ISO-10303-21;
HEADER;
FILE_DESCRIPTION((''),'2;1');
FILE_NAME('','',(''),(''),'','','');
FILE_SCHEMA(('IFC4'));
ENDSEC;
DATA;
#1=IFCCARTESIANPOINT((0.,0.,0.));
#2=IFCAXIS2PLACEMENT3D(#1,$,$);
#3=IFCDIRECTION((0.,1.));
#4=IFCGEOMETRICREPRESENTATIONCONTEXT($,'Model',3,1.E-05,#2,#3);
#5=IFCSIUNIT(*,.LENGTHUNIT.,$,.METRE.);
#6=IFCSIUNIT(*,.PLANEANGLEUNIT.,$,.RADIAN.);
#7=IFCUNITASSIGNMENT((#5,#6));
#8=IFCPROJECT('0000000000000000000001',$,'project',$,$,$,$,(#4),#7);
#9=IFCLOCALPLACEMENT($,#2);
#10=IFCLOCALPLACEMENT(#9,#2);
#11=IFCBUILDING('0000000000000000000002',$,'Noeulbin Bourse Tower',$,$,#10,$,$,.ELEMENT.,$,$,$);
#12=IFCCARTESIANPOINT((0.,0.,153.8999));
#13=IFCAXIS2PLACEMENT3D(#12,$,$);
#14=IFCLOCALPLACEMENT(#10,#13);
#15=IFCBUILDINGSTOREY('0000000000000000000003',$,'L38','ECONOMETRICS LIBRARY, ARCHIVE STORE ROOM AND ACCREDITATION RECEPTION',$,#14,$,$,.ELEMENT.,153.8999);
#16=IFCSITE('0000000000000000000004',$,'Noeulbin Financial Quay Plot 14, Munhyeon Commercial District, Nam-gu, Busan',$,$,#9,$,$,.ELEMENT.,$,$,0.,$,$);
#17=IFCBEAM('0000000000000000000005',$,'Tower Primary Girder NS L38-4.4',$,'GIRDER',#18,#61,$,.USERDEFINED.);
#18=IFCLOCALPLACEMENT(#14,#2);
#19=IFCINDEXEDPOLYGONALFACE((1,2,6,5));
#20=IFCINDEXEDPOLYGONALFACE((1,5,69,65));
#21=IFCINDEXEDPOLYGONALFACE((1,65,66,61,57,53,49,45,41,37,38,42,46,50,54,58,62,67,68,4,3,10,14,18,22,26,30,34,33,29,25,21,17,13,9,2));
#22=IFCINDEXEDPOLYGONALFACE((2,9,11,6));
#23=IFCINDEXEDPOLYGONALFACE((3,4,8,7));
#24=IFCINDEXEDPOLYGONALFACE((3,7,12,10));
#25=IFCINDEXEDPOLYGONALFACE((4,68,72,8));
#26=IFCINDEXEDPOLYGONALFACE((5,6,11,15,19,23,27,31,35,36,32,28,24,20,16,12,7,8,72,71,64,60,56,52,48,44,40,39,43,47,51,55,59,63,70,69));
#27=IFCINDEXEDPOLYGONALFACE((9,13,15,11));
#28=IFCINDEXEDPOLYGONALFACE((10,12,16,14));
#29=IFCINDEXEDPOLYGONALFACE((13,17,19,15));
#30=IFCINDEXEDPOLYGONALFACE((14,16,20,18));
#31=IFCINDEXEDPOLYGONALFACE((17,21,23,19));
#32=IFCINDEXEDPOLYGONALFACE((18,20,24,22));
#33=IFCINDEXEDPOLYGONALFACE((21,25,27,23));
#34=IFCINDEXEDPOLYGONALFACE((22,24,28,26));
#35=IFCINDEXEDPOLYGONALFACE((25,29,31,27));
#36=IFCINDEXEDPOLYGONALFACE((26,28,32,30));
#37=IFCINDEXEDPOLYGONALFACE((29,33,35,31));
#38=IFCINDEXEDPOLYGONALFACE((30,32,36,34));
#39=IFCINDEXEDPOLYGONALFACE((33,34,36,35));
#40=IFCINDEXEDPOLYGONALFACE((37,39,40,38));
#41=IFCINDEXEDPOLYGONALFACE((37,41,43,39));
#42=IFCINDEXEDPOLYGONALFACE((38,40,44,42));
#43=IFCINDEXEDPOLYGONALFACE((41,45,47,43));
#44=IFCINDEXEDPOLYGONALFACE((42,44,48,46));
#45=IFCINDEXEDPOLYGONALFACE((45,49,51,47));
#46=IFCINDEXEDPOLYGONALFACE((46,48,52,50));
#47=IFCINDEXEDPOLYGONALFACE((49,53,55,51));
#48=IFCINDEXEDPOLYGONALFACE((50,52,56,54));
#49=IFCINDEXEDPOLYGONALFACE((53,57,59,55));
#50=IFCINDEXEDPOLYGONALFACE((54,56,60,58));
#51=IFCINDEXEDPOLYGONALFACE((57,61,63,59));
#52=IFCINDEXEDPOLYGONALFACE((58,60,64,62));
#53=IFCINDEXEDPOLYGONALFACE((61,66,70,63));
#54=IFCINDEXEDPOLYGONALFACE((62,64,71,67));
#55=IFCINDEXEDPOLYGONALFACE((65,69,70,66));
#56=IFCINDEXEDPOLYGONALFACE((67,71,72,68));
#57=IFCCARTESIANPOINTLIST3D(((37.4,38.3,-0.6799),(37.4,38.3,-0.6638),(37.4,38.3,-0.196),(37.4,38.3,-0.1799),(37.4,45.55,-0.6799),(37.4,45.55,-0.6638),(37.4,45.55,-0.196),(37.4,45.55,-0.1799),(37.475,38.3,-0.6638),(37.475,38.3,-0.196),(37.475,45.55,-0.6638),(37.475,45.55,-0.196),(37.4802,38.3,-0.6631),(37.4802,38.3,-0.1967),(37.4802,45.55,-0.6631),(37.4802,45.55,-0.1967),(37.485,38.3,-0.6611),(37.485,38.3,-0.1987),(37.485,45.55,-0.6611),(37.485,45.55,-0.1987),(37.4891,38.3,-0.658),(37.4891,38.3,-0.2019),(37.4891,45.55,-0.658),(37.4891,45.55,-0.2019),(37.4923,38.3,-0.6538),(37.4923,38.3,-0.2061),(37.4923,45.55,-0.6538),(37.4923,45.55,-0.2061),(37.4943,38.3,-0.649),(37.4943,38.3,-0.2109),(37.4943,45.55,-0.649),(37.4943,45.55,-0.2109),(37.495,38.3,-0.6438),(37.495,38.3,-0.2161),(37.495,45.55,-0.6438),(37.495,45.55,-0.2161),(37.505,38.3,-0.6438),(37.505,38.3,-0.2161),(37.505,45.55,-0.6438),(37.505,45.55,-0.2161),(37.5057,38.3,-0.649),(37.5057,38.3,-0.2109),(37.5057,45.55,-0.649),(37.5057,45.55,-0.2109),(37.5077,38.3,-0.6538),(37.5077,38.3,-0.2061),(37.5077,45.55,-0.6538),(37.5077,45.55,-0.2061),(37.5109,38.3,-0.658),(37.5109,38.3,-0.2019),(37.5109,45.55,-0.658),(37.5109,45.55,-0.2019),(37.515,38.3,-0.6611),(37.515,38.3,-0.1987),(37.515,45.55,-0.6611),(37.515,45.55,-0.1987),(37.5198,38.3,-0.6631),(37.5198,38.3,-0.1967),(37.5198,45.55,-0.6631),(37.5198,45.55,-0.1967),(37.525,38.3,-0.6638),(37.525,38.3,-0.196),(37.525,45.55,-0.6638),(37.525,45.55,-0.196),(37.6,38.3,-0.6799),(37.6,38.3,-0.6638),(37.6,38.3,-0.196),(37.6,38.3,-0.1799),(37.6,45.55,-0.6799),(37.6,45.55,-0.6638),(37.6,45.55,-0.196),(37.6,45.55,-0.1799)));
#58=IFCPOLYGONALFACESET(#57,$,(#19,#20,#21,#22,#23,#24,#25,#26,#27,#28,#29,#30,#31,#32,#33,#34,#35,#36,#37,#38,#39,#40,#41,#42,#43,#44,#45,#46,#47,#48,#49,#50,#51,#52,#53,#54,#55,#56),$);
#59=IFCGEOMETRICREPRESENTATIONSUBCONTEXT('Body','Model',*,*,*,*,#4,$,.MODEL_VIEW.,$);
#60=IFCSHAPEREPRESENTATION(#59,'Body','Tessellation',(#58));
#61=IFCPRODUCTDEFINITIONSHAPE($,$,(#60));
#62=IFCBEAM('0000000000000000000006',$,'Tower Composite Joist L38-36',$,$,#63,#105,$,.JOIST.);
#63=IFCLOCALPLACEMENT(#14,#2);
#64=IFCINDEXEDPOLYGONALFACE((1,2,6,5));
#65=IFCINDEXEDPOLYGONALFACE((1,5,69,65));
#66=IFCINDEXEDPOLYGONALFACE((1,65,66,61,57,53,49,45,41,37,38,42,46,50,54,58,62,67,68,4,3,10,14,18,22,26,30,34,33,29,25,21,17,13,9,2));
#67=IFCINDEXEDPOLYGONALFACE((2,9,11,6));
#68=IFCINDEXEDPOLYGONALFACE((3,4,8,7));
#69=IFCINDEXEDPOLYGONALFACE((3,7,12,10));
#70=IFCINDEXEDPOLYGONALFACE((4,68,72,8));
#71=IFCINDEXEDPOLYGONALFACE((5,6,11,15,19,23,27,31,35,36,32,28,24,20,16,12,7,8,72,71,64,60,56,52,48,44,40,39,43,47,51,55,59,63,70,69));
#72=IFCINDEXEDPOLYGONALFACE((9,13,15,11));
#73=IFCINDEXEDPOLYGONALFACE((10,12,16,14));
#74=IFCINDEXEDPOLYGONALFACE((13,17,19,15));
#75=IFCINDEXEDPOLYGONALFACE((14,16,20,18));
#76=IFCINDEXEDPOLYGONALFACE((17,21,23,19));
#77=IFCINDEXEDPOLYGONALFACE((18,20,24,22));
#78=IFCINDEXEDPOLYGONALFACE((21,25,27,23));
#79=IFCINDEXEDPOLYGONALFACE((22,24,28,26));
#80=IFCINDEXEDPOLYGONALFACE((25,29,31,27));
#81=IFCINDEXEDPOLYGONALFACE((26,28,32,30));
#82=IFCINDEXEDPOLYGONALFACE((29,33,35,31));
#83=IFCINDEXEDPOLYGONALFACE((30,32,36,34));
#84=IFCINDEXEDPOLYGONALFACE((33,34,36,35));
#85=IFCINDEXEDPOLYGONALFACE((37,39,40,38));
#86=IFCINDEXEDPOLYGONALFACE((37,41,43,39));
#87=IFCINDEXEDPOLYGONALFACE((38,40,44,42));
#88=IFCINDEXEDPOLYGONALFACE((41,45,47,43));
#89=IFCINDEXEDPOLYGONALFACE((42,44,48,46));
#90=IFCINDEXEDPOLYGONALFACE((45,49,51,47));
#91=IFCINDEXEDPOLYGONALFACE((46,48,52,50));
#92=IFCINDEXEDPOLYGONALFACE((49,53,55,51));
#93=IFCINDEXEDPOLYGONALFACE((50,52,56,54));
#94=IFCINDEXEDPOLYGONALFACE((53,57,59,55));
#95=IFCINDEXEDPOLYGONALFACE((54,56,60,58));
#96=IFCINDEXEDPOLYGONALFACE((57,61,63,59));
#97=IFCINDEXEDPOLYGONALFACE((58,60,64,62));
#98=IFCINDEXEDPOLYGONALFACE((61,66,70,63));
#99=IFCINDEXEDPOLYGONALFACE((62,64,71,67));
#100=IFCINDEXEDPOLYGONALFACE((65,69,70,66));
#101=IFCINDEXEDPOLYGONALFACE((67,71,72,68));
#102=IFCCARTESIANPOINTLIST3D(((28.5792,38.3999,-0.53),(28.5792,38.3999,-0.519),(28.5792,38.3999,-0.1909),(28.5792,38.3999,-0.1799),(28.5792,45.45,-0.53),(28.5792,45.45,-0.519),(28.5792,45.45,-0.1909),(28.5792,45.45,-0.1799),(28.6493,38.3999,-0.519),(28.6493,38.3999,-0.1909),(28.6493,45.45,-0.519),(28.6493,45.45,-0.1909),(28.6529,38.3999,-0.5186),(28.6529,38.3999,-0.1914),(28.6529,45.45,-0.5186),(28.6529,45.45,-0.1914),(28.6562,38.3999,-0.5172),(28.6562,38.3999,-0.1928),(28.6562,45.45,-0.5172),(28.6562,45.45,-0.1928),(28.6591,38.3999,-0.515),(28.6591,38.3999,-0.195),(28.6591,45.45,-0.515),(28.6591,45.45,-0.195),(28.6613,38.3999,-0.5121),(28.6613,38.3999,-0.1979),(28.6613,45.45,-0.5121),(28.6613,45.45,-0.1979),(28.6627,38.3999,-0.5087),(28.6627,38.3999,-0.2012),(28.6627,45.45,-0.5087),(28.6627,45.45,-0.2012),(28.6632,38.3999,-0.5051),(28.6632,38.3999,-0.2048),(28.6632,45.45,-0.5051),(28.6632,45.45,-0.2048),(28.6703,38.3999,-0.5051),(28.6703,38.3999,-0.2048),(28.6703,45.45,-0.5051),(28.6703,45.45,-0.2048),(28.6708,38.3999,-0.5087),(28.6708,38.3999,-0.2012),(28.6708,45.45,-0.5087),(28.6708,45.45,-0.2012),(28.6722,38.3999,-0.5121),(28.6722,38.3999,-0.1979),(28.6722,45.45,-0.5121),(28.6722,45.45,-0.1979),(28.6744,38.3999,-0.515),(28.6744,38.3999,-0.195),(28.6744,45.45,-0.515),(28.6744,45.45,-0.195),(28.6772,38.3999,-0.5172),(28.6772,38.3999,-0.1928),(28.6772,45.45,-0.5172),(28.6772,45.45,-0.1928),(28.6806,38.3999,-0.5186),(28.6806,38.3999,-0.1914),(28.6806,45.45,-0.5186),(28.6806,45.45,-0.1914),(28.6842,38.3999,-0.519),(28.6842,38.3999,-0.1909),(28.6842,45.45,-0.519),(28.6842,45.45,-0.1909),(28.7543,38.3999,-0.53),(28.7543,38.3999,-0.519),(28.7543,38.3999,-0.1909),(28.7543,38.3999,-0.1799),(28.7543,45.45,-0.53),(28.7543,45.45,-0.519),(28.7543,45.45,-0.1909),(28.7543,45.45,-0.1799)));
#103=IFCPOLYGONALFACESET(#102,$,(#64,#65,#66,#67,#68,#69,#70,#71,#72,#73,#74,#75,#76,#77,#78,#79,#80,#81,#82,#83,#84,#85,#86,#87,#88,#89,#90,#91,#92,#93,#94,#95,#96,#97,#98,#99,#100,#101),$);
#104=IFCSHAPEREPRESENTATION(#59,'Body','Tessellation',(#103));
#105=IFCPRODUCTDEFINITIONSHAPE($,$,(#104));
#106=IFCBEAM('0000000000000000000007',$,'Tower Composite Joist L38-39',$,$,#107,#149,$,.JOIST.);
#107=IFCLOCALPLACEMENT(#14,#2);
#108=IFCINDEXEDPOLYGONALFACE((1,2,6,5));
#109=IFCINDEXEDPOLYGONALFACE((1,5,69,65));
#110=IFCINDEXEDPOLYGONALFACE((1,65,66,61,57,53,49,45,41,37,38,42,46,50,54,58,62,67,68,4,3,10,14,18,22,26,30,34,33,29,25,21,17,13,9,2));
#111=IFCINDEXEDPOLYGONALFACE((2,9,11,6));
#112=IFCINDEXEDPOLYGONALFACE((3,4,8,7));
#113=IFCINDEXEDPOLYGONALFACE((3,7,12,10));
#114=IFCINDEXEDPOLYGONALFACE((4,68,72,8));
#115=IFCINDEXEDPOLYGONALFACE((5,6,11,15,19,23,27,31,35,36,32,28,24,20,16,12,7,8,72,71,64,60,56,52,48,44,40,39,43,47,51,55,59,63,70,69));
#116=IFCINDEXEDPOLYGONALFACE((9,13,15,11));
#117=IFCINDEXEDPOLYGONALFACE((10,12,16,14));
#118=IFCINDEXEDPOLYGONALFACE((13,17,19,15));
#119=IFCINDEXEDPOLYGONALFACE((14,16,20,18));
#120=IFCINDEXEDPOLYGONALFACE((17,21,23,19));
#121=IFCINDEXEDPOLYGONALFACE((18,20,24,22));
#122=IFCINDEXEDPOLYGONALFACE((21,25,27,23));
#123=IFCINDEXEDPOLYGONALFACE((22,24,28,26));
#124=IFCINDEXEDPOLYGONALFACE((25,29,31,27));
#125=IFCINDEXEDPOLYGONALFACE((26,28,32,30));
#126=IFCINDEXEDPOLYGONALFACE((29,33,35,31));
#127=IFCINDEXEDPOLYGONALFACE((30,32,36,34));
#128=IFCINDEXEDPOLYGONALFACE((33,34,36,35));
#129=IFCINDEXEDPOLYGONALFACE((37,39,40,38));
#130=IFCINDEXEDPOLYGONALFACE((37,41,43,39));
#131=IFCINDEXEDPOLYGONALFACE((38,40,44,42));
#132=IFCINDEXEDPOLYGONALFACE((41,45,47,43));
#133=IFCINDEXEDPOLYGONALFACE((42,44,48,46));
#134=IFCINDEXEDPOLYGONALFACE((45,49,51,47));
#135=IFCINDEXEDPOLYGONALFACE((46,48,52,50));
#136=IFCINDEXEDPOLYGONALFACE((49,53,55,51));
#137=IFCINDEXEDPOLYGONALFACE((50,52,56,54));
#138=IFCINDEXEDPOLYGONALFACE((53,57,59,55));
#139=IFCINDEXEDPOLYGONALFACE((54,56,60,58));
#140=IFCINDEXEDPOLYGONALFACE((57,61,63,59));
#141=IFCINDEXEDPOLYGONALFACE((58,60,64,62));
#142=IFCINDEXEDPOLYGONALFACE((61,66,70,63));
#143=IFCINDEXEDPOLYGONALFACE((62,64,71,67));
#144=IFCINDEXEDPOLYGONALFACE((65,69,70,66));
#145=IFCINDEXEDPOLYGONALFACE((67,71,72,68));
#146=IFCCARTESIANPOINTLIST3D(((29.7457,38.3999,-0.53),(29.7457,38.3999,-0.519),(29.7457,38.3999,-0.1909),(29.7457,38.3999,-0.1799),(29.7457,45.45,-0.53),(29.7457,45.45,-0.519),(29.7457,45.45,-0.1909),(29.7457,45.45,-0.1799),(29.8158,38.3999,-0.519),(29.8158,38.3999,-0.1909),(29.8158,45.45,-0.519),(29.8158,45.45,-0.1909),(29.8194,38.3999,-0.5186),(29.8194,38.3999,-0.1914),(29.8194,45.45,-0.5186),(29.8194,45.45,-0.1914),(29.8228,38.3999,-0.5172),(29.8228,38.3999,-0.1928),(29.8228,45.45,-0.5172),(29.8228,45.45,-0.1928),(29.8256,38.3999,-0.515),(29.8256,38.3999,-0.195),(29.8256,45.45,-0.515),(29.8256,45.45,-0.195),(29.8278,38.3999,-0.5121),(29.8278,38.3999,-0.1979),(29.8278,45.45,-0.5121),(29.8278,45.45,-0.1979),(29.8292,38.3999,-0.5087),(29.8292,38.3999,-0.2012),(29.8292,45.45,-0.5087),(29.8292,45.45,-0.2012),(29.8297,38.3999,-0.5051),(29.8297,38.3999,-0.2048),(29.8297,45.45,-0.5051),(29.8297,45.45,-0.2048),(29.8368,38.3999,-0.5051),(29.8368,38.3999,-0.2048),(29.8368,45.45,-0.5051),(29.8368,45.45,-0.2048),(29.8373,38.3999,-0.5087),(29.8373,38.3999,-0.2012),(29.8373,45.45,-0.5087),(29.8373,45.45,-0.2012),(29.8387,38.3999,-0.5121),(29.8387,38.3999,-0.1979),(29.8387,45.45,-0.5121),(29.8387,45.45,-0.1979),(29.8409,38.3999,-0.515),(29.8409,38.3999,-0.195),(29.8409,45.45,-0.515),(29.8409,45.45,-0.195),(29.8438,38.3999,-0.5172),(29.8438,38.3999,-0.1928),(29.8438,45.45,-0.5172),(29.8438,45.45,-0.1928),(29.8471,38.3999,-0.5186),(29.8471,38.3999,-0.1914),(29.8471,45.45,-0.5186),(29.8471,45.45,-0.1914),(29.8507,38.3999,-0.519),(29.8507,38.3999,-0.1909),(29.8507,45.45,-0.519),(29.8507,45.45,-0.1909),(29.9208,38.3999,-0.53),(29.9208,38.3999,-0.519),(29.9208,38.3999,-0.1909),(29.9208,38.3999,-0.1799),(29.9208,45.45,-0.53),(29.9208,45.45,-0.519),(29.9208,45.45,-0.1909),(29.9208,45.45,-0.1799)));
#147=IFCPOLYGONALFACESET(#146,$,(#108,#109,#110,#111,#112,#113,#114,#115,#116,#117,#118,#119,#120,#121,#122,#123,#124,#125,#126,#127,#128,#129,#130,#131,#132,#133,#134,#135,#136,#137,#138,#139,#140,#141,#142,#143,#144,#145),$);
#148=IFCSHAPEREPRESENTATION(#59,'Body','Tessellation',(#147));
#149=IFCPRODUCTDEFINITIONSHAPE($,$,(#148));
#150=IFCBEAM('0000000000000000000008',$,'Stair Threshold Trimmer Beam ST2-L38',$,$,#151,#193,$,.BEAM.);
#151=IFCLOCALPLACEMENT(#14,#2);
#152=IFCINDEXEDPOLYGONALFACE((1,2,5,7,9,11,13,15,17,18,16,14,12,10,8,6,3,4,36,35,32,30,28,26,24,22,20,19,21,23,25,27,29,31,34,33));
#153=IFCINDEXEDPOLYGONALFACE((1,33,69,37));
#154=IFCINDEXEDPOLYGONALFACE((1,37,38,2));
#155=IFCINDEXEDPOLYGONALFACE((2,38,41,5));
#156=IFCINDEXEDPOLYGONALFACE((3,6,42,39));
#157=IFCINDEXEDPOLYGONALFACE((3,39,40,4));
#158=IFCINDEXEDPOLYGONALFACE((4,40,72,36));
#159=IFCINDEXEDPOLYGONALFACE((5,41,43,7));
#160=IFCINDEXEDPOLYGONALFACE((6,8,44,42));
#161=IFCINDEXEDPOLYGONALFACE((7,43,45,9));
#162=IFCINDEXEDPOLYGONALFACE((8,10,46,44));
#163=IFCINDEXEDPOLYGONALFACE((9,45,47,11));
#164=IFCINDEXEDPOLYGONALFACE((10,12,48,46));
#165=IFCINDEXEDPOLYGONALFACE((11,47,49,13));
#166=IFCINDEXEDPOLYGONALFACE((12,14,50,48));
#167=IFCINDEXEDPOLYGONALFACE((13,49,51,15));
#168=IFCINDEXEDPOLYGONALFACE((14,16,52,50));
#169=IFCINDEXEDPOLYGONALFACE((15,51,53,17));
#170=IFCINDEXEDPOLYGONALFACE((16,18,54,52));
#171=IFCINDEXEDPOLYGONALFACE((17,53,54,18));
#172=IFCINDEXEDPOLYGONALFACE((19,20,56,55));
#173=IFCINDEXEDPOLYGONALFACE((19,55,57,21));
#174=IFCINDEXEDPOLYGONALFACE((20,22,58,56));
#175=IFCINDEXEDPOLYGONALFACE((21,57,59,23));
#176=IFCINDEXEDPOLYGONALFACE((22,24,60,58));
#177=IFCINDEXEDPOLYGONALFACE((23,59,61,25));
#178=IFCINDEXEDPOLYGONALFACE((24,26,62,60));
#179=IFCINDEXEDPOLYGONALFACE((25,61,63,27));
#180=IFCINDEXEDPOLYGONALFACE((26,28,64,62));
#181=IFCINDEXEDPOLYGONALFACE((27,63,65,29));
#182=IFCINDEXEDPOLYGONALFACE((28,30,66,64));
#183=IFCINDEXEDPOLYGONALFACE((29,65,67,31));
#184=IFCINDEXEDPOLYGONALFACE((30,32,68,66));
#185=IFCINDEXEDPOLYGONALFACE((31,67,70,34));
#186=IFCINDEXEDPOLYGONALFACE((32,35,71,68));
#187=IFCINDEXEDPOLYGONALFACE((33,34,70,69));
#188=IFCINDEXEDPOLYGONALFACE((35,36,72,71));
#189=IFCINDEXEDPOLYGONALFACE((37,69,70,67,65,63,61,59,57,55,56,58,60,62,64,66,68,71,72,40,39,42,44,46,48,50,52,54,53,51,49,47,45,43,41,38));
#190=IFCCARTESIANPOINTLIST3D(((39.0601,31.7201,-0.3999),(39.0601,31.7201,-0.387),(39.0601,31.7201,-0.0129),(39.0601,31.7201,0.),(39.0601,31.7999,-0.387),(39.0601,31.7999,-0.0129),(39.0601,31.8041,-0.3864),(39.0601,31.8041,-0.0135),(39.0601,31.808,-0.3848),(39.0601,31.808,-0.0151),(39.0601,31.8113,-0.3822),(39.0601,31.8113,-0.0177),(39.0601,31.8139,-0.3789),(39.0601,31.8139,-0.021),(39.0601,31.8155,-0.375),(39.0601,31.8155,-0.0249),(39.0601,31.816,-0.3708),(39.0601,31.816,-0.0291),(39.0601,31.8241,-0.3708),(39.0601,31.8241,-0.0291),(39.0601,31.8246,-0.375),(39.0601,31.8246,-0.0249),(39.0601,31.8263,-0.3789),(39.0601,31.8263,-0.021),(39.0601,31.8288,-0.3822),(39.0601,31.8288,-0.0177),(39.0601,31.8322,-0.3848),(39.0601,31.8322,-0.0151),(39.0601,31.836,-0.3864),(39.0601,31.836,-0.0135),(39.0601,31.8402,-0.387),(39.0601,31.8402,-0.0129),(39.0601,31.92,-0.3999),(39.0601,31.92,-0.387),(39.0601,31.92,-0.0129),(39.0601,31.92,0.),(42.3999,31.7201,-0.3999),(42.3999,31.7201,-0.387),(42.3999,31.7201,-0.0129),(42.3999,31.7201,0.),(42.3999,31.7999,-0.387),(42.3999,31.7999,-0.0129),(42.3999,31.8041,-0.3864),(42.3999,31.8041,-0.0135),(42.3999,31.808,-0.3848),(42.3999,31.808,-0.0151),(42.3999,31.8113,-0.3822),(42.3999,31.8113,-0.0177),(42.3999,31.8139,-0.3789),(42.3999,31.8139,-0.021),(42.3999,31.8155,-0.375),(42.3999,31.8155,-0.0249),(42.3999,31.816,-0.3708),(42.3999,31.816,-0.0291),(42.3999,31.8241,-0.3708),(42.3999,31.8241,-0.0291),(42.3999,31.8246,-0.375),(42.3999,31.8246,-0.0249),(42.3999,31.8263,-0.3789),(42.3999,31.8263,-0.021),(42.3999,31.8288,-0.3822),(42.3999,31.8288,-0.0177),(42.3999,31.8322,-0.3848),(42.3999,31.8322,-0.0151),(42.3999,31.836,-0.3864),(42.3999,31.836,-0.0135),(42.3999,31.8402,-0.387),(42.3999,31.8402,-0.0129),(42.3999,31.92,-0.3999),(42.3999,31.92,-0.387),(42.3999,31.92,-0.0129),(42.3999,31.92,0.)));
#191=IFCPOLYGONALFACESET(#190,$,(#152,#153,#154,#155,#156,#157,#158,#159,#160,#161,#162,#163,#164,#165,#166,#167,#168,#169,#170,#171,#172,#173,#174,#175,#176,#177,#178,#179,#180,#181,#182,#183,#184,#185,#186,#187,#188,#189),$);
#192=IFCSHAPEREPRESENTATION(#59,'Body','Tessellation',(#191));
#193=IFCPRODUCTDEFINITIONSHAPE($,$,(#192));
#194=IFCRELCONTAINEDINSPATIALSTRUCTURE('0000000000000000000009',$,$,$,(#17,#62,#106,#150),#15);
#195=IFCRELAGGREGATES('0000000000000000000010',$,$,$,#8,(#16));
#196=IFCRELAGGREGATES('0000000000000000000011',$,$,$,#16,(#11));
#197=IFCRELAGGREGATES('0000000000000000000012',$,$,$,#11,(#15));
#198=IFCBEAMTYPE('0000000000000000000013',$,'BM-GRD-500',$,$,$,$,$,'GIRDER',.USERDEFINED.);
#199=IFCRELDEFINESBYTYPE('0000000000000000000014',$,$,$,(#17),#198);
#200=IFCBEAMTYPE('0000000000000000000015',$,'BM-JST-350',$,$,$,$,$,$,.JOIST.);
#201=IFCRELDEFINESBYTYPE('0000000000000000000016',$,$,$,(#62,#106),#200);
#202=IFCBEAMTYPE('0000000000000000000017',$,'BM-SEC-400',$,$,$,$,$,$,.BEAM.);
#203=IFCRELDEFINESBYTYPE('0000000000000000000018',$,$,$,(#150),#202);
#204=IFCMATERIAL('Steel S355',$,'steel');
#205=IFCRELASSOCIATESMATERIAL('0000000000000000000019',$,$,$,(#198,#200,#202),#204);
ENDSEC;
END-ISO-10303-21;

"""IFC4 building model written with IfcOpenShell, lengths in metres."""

from ifc_helpers import new_model, si_unit, direction, frame, origin, origin_2d, place, context, subcontext, project, spatial, i_section, extrude, material, material_profile, profile_set, type_object, element, save


model = new_model("IFC4")

# Units and contexts
model_context = context("Model", 3, precision=1e-05, world=origin(), true_north=direction((0.0, 1.0)))
body_context = subcontext(model_context, "Body", "Model", "MODEL_VIEW")
ifc_project = project(units=[si_unit("LENGTHUNIT", "METRE"), si_unit("PLANEANGLEUNIT", "RADIAN")], contexts=[model_context])

# Site, building, storey
site_placement = place(None, origin())
site = spatial("IfcSite", under=ifc_project, at=site_placement, Name="Noeulbin Financial Quay Plot 14, Munhyeon Commercial District, Nam-gu, Busan", CompositionType="ELEMENT", RefElevation=0.0)
building_placement = place(site_placement, origin())
building = spatial("IfcBuilding", under=site, at=building_placement, Name="Noeulbin Bourse Tower", CompositionType="ELEMENT")
storey_placement = place(building_placement, frame((0.0, 0.0, 153.8999)))
storey = spatial("IfcBuildingStorey", under=building, at=storey_placement, Name="L38", Description="ECONOMETRICS LIBRARY, ARCHIVE STORE ROOM AND ACCREDITATION RECEPTION", CompositionType="ELEMENT", Elevation=153.8999)

# Beams
ifc_material_1 = material(Name="Steel S355", Category="steel")
ifc_material_profile_1 = material_profile(ifc_material_1, i_section(OverallWidth=0.2, OverallDepth=0.5, WebThickness=0.01, FlangeThickness=0.0161, FilletRadius=0.02, at=origin_2d()), Name="H-500x200x10x16", Category="LoadBearing")
ifc_profile_set_1 = profile_set([ifc_material_profile_1], Name="Steel S355")
beam_type_1 = type_object("IfcBeamType", Name="BM-GRD-500", ElementType="GIRDER", PredefinedType="USERDEFINED", material=ifc_profile_set_1)
for number, where, z_axis, x_axis, name in (
    (1, (37.5, 38.3, -0.4299), (0.0, 1.0, 0.0), (-1.0, 0.0, 0.0), "Tower Primary Girder NS L38-4.4"),
):
    element("IfcBeam", number, at=place(storey_placement, frame(where, z_axis=z_axis, x_axis=x_axis)), inside=storey, type_object=beam_type_1, Name=name, ObjectType="GIRDER", PredefinedType="USERDEFINED", context=body_context, shape_type="SweptSolid", body=[
        extrude(i_section(OverallWidth=0.2, OverallDepth=0.5, WebThickness=0.01, FlangeThickness=0.0161, FilletRadius=0.02, at=origin_2d()), origin(), (0.0, 0.0, 1.0), 7.25),
    ])
ifc_material_profile_2 = material_profile(ifc_material_1, i_section(OverallWidth=0.175, OverallDepth=0.3501, WebThickness=0.0071, FlangeThickness=0.011, FilletRadius=0.0139, at=origin_2d()), Name="H-350x175x7x11", Category="LoadBearing")
ifc_profile_set_2 = profile_set([ifc_material_profile_2], Name="Steel S355")
beam_type_2 = type_object("IfcBeamType", Name="BM-JST-350", PredefinedType="JOIST", material=ifc_profile_set_2)
for number, where, z_axis, x_axis, name in (
    (2, (28.6667, 38.3999, -0.355), (0.0, 1.0, 0.0), (-1.0, 0.0, 0.0), "Tower Composite Joist L38-36"),
    (3, (29.8333, 38.3999, -0.355), (0.0, 1.0, 0.0), (-1.0, 0.0, 0.0), "Tower Composite Joist L38-39"),
):
    element("IfcBeam", number, at=place(storey_placement, frame(where, z_axis=z_axis, x_axis=x_axis)), inside=storey, type_object=beam_type_2, Name=name, PredefinedType="JOIST", context=body_context, shape_type="SweptSolid", body=[
        extrude(i_section(OverallWidth=0.175, OverallDepth=0.3501, WebThickness=0.0071, FlangeThickness=0.011, FilletRadius=0.0139, at=origin_2d()), origin(), (0.0, 0.0, 1.0), 7.05),
    ])
ifc_material_profile_3 = material_profile(ifc_material_1, i_section(OverallWidth=0.2, OverallDepth=0.3999, WebThickness=0.0081, FlangeThickness=0.0129, FilletRadius=0.0161, at=origin_2d()), Name="H-400x200x8x13", Category="LoadBearing")
ifc_profile_set_3 = profile_set([ifc_material_profile_3], Name="Steel S355")
beam_type_3 = type_object("IfcBeamType", Name="BM-SEC-400", PredefinedType="BEAM", material=ifc_profile_set_3)
beam_placement = place(storey_placement, frame((39.0601, 31.8201, -0.2), z_axis=(1.0, 0.0, 0.0), x_axis=(0.0, 1.0, 0.0)))
element("IfcBeam", 4, at=beam_placement, inside=storey, type_object=beam_type_3, Name="Stair Threshold Trimmer Beam ST2-L38", PredefinedType="BEAM", context=body_context, shape_type="SweptSolid", body=[
    extrude(i_section(OverallWidth=0.2, OverallDepth=0.3999, WebThickness=0.0081, FlangeThickness=0.0129, FilletRadius=0.0161, at=origin_2d()), origin(), (0.0, 0.0, 1.0), 3.3398),
])

save(model, "model.ifc")
